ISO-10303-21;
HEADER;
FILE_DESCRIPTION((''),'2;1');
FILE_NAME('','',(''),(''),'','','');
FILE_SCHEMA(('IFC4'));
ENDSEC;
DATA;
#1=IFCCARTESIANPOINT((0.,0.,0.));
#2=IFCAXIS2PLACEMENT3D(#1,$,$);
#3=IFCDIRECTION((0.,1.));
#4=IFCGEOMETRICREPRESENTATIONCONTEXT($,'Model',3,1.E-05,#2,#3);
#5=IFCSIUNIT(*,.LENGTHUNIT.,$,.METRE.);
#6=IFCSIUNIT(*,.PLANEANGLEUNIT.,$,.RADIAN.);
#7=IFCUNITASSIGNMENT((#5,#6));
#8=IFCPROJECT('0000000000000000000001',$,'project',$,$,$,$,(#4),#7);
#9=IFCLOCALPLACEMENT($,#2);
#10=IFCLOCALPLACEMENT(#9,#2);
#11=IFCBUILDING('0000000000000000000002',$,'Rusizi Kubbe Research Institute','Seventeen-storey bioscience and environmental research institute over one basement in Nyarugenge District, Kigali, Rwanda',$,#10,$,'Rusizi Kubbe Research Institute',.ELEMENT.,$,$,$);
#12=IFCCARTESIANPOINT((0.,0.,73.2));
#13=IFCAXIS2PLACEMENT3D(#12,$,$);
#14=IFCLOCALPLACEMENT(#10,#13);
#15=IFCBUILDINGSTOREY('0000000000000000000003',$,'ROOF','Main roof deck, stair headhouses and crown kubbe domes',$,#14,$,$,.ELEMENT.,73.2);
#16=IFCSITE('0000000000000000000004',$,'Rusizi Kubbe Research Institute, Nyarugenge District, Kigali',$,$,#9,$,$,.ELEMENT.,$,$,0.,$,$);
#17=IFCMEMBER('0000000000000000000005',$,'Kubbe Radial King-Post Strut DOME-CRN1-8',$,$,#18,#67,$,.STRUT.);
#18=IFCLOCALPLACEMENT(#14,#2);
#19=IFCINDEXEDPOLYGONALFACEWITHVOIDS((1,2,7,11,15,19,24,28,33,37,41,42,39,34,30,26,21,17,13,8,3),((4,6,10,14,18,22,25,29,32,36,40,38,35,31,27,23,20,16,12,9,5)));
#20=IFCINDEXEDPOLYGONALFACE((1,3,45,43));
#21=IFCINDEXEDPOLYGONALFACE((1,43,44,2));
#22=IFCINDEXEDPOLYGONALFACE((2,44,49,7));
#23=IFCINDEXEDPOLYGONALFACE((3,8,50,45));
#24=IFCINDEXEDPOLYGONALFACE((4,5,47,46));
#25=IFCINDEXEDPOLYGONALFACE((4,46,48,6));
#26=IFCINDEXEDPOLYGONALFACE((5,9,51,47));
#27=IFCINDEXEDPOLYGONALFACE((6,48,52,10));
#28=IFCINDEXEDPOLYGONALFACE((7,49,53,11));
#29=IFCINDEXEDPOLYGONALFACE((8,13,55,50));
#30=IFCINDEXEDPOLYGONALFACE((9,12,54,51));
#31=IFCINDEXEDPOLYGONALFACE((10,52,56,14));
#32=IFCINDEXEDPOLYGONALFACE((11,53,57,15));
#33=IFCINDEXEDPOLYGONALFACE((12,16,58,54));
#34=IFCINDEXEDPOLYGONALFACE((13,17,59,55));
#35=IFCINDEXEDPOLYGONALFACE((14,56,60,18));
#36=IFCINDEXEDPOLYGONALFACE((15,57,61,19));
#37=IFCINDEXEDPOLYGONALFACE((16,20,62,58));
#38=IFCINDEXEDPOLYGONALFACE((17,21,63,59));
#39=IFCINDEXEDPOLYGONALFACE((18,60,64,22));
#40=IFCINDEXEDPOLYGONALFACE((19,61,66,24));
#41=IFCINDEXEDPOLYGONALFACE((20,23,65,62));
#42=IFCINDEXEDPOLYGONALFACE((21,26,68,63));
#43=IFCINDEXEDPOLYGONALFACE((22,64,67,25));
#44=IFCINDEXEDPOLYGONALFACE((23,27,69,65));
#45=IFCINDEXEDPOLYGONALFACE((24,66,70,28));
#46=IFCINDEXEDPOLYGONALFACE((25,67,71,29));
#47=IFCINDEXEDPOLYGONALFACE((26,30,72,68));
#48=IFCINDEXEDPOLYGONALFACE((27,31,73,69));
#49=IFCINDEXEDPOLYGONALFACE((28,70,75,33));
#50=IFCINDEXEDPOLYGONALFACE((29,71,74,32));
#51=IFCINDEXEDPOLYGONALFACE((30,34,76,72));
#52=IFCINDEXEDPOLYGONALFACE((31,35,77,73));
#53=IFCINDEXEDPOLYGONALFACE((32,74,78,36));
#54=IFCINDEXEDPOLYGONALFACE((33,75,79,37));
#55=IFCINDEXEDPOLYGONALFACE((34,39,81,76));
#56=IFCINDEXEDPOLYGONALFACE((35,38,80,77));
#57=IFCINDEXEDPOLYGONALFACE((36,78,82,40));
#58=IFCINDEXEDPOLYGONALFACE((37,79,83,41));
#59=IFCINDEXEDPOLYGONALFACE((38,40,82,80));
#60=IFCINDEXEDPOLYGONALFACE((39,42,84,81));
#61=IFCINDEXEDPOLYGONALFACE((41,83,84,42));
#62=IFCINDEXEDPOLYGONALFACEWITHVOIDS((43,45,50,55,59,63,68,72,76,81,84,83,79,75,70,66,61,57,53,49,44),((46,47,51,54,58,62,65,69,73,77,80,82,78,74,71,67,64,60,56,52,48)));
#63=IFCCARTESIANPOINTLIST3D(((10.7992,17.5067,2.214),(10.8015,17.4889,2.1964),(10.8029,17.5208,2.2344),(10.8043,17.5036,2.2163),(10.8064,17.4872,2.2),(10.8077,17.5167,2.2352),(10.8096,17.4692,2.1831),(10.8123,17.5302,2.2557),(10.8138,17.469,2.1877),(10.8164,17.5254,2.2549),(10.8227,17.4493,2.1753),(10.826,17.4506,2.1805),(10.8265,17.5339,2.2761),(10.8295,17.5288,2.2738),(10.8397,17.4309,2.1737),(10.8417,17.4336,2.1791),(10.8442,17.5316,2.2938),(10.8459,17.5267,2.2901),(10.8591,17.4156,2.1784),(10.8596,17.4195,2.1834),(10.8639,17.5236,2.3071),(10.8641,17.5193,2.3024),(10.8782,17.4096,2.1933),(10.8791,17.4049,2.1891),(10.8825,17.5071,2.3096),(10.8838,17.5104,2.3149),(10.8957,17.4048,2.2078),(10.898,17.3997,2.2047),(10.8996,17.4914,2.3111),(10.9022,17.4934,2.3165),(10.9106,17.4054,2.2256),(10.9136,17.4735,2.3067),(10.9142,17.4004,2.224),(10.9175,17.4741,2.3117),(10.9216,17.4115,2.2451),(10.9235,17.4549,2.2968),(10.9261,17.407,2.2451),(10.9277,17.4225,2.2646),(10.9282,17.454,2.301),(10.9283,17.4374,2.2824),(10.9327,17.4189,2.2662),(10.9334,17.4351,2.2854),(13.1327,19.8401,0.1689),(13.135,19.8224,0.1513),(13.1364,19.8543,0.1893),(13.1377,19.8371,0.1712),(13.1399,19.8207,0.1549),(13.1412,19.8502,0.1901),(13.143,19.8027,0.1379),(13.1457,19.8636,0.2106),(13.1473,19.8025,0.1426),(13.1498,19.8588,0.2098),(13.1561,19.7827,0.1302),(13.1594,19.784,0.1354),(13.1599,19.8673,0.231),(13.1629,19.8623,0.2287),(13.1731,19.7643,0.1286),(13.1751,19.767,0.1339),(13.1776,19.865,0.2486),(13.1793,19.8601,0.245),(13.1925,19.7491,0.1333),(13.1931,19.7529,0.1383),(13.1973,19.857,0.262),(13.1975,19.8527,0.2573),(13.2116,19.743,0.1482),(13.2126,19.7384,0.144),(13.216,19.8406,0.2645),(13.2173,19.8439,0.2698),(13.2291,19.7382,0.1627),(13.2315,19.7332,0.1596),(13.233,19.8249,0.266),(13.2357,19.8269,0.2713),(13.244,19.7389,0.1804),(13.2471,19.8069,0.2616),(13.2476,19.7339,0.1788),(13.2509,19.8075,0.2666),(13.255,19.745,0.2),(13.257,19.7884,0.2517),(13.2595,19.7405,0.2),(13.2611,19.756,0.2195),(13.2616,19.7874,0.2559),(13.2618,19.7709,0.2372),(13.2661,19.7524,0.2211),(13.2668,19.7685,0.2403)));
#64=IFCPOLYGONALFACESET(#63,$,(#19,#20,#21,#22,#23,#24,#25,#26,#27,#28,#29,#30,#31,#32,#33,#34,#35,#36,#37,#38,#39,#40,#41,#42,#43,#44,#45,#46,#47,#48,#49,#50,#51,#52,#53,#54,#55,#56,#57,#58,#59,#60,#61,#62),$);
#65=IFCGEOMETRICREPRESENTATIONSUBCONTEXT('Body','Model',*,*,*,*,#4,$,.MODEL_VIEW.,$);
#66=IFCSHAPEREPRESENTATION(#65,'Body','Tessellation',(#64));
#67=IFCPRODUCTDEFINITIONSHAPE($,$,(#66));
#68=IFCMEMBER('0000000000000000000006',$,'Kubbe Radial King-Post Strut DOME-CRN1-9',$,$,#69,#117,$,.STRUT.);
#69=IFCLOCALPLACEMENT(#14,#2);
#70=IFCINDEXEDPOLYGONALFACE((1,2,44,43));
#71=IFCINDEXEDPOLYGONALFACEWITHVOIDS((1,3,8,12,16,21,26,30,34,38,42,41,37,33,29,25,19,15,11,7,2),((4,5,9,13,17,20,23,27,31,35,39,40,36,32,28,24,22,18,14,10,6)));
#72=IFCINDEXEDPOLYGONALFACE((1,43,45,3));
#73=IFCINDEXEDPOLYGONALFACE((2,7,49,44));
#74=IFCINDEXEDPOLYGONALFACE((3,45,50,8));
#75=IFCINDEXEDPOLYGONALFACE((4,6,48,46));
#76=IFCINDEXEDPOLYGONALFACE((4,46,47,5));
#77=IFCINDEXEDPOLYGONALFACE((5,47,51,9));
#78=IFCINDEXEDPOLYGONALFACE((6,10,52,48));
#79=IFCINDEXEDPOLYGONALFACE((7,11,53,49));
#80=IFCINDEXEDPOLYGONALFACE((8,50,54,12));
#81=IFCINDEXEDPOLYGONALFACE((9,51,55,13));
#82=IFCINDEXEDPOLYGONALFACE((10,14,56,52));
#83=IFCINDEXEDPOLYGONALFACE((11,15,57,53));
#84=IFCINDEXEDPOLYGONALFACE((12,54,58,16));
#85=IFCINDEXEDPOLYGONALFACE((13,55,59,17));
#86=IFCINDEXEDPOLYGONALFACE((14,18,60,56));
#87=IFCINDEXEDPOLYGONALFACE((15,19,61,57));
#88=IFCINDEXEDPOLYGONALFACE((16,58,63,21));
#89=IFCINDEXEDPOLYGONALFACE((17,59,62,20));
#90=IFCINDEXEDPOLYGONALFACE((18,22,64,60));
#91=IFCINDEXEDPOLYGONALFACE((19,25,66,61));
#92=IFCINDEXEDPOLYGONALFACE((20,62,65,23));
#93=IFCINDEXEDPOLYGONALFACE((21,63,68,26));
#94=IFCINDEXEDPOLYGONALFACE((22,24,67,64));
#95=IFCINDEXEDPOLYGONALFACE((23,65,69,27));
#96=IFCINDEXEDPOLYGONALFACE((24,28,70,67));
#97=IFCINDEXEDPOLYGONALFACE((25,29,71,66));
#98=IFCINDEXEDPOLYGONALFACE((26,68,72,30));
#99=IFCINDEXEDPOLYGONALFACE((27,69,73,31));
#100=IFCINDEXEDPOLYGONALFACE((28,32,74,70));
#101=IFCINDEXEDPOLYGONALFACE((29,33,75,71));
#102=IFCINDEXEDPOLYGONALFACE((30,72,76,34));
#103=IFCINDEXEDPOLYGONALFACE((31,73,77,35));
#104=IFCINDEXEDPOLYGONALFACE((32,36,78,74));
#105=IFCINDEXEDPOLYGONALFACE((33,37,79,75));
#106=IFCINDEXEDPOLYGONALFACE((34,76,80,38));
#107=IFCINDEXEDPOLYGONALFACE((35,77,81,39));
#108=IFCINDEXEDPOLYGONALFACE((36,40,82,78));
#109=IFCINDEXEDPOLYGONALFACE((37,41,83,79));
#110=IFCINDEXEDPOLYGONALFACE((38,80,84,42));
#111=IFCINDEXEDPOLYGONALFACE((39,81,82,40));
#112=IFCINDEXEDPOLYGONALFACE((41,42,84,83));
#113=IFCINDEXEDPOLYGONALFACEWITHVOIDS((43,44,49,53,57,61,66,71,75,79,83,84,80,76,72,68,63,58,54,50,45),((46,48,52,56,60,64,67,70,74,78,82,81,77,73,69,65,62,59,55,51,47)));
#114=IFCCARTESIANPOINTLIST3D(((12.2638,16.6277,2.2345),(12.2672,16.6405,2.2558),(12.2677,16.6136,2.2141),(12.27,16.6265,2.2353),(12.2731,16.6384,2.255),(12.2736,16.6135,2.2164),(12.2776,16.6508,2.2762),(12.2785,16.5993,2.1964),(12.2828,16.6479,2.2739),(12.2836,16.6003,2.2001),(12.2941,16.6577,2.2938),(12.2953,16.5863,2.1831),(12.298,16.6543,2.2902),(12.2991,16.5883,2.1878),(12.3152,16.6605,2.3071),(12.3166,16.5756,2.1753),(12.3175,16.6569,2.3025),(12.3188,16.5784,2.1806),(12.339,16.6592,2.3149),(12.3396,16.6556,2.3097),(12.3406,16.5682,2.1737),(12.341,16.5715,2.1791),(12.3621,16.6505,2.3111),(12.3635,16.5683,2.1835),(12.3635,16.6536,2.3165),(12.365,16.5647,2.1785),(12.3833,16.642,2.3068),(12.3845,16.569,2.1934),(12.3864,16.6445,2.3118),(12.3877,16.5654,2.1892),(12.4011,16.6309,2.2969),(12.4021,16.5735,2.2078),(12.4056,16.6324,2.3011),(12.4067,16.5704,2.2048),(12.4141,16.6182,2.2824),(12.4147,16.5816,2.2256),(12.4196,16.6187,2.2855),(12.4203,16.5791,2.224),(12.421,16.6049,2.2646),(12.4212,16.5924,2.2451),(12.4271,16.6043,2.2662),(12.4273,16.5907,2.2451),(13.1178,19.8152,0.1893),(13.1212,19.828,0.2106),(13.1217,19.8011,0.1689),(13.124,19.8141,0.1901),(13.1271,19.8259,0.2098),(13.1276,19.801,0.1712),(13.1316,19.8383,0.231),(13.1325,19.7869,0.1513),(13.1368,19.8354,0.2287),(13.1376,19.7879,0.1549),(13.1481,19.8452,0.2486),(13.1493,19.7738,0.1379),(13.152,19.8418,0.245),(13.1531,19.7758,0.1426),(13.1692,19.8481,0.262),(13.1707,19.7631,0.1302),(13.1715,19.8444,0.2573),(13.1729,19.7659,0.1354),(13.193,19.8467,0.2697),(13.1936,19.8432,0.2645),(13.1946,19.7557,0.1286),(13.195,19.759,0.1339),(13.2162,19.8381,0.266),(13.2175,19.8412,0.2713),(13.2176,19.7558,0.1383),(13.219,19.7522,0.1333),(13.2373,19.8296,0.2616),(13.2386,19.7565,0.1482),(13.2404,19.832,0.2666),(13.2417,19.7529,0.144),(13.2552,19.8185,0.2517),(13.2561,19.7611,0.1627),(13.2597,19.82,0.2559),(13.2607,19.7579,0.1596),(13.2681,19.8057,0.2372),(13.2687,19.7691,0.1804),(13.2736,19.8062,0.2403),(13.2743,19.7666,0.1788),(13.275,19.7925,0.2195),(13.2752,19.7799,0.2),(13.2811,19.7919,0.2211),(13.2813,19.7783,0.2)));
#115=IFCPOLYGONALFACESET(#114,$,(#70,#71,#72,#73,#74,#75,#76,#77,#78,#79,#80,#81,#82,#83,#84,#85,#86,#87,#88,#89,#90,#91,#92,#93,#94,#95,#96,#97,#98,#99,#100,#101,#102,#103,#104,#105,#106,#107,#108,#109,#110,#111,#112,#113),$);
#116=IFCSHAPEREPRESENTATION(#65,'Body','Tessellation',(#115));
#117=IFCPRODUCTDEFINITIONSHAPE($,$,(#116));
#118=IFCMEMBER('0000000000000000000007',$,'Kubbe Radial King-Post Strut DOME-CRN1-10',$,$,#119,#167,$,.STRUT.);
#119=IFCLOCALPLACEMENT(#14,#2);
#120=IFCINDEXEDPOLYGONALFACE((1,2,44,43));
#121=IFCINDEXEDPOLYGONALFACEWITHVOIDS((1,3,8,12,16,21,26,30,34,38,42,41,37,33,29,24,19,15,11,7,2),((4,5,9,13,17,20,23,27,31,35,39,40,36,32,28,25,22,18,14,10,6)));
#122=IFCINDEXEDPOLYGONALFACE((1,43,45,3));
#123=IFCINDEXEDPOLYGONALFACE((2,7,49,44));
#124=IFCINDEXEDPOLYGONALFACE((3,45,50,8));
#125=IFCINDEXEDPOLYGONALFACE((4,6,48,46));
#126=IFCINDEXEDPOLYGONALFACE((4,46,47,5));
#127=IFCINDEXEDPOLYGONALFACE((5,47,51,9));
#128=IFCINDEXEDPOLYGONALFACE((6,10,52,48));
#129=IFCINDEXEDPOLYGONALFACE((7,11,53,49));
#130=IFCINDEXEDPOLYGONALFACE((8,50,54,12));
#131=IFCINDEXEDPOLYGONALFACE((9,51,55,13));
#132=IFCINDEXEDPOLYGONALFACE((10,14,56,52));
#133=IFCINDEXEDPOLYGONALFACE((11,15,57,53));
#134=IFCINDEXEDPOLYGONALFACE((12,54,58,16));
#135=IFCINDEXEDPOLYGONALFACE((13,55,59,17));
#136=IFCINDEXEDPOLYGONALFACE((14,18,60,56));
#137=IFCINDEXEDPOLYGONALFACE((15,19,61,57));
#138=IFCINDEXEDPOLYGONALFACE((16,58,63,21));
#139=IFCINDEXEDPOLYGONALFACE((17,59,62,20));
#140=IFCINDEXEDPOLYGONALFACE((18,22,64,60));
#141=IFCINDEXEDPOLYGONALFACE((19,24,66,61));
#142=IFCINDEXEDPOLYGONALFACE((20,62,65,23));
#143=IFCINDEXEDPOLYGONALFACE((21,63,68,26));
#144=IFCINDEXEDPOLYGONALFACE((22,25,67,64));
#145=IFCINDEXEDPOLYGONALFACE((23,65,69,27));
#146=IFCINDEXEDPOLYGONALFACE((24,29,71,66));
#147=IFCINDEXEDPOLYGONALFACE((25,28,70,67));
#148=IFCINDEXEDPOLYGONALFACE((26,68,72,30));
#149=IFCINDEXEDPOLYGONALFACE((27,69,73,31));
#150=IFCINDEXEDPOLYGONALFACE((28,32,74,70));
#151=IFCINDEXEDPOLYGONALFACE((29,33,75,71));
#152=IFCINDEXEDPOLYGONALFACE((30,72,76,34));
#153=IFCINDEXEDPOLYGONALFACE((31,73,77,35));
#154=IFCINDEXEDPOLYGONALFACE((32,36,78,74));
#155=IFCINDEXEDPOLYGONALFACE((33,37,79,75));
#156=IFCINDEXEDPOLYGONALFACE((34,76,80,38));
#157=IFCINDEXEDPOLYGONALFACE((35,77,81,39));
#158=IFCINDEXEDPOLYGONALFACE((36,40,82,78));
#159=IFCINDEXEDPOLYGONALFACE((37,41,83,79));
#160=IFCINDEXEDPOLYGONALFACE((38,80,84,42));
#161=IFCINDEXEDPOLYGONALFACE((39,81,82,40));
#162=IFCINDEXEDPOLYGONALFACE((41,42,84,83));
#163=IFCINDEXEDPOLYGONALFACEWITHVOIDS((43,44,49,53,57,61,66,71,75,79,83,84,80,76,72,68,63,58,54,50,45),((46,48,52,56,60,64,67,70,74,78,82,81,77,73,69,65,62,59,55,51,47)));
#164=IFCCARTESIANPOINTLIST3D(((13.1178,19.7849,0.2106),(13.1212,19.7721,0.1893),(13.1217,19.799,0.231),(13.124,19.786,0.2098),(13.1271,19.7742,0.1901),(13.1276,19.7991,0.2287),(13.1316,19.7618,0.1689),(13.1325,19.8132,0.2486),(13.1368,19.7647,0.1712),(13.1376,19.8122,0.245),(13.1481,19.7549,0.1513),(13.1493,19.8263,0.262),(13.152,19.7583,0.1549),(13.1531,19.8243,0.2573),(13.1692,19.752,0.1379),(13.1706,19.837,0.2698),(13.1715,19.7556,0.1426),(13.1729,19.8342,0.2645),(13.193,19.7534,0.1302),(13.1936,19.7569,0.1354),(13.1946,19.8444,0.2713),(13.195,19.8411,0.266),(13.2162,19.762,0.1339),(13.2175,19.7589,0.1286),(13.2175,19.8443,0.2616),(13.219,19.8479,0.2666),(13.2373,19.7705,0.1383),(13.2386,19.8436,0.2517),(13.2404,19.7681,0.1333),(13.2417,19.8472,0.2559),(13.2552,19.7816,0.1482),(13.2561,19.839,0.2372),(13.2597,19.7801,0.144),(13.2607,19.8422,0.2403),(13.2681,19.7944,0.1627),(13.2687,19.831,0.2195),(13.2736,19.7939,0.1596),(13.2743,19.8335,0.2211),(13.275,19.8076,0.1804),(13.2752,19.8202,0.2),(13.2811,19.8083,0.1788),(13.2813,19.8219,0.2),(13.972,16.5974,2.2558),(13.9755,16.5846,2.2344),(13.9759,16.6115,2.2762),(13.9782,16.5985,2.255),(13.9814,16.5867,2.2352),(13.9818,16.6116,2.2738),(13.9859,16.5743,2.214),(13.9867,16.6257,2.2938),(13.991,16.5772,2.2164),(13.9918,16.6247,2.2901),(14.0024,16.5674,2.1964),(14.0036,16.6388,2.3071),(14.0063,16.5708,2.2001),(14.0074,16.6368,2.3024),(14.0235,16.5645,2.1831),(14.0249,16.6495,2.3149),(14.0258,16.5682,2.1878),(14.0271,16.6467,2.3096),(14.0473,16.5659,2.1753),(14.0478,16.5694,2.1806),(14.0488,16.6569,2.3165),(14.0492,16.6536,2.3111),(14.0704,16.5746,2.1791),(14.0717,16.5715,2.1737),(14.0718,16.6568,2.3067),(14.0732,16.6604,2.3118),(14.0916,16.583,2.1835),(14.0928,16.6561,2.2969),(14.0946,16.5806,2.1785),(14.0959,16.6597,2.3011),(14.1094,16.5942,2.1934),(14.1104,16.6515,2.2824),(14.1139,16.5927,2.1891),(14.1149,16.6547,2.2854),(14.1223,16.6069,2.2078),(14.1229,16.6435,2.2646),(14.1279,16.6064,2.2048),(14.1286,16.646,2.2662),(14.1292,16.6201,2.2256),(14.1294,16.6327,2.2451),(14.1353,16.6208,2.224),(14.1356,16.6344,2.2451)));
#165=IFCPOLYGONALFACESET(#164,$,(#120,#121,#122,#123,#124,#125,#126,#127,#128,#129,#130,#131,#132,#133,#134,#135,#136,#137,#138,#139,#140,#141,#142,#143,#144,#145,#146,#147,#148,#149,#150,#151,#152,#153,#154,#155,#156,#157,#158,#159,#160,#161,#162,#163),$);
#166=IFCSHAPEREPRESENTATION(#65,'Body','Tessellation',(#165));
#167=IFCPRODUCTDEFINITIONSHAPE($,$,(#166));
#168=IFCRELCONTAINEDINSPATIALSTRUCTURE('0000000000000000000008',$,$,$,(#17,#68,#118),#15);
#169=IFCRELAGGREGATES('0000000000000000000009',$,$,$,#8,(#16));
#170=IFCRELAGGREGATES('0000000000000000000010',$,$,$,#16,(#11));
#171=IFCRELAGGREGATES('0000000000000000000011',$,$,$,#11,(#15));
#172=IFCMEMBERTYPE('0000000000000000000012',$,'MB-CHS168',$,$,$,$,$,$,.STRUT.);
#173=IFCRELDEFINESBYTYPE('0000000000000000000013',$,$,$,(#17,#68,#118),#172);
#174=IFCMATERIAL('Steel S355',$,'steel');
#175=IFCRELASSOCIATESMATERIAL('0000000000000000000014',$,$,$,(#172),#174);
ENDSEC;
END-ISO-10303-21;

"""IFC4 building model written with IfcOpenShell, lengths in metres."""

from ifc_helpers import new_model, si_unit, direction, frame, origin, origin_2d, place, context, subcontext, project, spatial, hollow_circle, extrude, material, material_profile, profile_set, type_object, element, save


model = new_model("IFC4")

# Units and contexts
model_context = context("Model", 3, precision=1e-05, world=origin(), true_north=direction((0.0, 1.0)))
body_context = subcontext(model_context, "Body", "Model", "MODEL_VIEW")
ifc_project = project(units=[si_unit("LENGTHUNIT", "METRE"), si_unit("PLANEANGLEUNIT", "RADIAN")], contexts=[model_context])

# Site, building, storey
site_placement = place(None, origin())
site = spatial("IfcSite", under=ifc_project, at=site_placement, Name="Rusizi Kubbe Research Institute, Nyarugenge District, Kigali", CompositionType="ELEMENT", RefElevation=0.0)
building_placement = place(site_placement, origin())
building = spatial("IfcBuilding", under=site, at=building_placement, Name="Rusizi Kubbe Research Institute", Description="Seventeen-storey bioscience and environmental research institute over one basement in Nyarugenge District, Kigali, Rwanda", LongName="Rusizi Kubbe Research Institute", CompositionType="ELEMENT")
storey_placement = place(building_placement, frame((0.0, 0.0, 73.2)))
storey = spatial("IfcBuildingStorey", under=building, at=storey_placement, Name="ROOF", Description="Main roof deck, stair headhouses and crown kubbe domes", CompositionType="ELEMENT", Elevation=73.2)

# Members
ifc_material_1 = material(Name="Steel S355", Category="steel")
ifc_material_profile_1 = material_profile(ifc_material_1, hollow_circle(Radius=0.0842, WallThickness=0.0063, at=origin_2d()), Name="CHS 168.3x6.3")
ifc_profile_set_1 = profile_set([ifc_material_profile_1], Name="Steel S355")
member_type_1 = type_object("IfcMemberType", Name="MB-CHS168", PredefinedType="STRUT", material=ifc_profile_set_1)
for number, where, z_axis, x_axis, name in (
    (1, (13.2, 19.8, 0.2), (-0.601043, -0.601043, 0.526777), (0.707107, -0.707107, 0.0), "Kubbe Radial King-Post Strut DOME-CRN1-8"),
    (2, (13.2, 19.8, 0.2), (-0.219974, -0.821036, 0.526794), (0.965932, -0.258795, 0.0), "Kubbe Radial King-Post Strut DOME-CRN1-9"),
    (3, (13.2, 19.8, 0.2), (0.220034, -0.821024, 0.526786), (0.965914, 0.258864, 0.0), "Kubbe Radial King-Post Strut DOME-CRN1-10"),
):
    element("IfcMember", number, at=place(storey_placement, frame(where, z_axis=z_axis, x_axis=x_axis)), inside=storey, type_object=member_type_1, Name=name, PredefinedType="STRUT", context=body_context, shape_type="SweptSolid", body=[
        extrude(hollow_circle(Radius=0.0842, WallThickness=0.0063, at=origin_2d()), origin(), (0.0, 0.0, 1.0), 3.8823),
    ])

save(model, "model.ifc")
